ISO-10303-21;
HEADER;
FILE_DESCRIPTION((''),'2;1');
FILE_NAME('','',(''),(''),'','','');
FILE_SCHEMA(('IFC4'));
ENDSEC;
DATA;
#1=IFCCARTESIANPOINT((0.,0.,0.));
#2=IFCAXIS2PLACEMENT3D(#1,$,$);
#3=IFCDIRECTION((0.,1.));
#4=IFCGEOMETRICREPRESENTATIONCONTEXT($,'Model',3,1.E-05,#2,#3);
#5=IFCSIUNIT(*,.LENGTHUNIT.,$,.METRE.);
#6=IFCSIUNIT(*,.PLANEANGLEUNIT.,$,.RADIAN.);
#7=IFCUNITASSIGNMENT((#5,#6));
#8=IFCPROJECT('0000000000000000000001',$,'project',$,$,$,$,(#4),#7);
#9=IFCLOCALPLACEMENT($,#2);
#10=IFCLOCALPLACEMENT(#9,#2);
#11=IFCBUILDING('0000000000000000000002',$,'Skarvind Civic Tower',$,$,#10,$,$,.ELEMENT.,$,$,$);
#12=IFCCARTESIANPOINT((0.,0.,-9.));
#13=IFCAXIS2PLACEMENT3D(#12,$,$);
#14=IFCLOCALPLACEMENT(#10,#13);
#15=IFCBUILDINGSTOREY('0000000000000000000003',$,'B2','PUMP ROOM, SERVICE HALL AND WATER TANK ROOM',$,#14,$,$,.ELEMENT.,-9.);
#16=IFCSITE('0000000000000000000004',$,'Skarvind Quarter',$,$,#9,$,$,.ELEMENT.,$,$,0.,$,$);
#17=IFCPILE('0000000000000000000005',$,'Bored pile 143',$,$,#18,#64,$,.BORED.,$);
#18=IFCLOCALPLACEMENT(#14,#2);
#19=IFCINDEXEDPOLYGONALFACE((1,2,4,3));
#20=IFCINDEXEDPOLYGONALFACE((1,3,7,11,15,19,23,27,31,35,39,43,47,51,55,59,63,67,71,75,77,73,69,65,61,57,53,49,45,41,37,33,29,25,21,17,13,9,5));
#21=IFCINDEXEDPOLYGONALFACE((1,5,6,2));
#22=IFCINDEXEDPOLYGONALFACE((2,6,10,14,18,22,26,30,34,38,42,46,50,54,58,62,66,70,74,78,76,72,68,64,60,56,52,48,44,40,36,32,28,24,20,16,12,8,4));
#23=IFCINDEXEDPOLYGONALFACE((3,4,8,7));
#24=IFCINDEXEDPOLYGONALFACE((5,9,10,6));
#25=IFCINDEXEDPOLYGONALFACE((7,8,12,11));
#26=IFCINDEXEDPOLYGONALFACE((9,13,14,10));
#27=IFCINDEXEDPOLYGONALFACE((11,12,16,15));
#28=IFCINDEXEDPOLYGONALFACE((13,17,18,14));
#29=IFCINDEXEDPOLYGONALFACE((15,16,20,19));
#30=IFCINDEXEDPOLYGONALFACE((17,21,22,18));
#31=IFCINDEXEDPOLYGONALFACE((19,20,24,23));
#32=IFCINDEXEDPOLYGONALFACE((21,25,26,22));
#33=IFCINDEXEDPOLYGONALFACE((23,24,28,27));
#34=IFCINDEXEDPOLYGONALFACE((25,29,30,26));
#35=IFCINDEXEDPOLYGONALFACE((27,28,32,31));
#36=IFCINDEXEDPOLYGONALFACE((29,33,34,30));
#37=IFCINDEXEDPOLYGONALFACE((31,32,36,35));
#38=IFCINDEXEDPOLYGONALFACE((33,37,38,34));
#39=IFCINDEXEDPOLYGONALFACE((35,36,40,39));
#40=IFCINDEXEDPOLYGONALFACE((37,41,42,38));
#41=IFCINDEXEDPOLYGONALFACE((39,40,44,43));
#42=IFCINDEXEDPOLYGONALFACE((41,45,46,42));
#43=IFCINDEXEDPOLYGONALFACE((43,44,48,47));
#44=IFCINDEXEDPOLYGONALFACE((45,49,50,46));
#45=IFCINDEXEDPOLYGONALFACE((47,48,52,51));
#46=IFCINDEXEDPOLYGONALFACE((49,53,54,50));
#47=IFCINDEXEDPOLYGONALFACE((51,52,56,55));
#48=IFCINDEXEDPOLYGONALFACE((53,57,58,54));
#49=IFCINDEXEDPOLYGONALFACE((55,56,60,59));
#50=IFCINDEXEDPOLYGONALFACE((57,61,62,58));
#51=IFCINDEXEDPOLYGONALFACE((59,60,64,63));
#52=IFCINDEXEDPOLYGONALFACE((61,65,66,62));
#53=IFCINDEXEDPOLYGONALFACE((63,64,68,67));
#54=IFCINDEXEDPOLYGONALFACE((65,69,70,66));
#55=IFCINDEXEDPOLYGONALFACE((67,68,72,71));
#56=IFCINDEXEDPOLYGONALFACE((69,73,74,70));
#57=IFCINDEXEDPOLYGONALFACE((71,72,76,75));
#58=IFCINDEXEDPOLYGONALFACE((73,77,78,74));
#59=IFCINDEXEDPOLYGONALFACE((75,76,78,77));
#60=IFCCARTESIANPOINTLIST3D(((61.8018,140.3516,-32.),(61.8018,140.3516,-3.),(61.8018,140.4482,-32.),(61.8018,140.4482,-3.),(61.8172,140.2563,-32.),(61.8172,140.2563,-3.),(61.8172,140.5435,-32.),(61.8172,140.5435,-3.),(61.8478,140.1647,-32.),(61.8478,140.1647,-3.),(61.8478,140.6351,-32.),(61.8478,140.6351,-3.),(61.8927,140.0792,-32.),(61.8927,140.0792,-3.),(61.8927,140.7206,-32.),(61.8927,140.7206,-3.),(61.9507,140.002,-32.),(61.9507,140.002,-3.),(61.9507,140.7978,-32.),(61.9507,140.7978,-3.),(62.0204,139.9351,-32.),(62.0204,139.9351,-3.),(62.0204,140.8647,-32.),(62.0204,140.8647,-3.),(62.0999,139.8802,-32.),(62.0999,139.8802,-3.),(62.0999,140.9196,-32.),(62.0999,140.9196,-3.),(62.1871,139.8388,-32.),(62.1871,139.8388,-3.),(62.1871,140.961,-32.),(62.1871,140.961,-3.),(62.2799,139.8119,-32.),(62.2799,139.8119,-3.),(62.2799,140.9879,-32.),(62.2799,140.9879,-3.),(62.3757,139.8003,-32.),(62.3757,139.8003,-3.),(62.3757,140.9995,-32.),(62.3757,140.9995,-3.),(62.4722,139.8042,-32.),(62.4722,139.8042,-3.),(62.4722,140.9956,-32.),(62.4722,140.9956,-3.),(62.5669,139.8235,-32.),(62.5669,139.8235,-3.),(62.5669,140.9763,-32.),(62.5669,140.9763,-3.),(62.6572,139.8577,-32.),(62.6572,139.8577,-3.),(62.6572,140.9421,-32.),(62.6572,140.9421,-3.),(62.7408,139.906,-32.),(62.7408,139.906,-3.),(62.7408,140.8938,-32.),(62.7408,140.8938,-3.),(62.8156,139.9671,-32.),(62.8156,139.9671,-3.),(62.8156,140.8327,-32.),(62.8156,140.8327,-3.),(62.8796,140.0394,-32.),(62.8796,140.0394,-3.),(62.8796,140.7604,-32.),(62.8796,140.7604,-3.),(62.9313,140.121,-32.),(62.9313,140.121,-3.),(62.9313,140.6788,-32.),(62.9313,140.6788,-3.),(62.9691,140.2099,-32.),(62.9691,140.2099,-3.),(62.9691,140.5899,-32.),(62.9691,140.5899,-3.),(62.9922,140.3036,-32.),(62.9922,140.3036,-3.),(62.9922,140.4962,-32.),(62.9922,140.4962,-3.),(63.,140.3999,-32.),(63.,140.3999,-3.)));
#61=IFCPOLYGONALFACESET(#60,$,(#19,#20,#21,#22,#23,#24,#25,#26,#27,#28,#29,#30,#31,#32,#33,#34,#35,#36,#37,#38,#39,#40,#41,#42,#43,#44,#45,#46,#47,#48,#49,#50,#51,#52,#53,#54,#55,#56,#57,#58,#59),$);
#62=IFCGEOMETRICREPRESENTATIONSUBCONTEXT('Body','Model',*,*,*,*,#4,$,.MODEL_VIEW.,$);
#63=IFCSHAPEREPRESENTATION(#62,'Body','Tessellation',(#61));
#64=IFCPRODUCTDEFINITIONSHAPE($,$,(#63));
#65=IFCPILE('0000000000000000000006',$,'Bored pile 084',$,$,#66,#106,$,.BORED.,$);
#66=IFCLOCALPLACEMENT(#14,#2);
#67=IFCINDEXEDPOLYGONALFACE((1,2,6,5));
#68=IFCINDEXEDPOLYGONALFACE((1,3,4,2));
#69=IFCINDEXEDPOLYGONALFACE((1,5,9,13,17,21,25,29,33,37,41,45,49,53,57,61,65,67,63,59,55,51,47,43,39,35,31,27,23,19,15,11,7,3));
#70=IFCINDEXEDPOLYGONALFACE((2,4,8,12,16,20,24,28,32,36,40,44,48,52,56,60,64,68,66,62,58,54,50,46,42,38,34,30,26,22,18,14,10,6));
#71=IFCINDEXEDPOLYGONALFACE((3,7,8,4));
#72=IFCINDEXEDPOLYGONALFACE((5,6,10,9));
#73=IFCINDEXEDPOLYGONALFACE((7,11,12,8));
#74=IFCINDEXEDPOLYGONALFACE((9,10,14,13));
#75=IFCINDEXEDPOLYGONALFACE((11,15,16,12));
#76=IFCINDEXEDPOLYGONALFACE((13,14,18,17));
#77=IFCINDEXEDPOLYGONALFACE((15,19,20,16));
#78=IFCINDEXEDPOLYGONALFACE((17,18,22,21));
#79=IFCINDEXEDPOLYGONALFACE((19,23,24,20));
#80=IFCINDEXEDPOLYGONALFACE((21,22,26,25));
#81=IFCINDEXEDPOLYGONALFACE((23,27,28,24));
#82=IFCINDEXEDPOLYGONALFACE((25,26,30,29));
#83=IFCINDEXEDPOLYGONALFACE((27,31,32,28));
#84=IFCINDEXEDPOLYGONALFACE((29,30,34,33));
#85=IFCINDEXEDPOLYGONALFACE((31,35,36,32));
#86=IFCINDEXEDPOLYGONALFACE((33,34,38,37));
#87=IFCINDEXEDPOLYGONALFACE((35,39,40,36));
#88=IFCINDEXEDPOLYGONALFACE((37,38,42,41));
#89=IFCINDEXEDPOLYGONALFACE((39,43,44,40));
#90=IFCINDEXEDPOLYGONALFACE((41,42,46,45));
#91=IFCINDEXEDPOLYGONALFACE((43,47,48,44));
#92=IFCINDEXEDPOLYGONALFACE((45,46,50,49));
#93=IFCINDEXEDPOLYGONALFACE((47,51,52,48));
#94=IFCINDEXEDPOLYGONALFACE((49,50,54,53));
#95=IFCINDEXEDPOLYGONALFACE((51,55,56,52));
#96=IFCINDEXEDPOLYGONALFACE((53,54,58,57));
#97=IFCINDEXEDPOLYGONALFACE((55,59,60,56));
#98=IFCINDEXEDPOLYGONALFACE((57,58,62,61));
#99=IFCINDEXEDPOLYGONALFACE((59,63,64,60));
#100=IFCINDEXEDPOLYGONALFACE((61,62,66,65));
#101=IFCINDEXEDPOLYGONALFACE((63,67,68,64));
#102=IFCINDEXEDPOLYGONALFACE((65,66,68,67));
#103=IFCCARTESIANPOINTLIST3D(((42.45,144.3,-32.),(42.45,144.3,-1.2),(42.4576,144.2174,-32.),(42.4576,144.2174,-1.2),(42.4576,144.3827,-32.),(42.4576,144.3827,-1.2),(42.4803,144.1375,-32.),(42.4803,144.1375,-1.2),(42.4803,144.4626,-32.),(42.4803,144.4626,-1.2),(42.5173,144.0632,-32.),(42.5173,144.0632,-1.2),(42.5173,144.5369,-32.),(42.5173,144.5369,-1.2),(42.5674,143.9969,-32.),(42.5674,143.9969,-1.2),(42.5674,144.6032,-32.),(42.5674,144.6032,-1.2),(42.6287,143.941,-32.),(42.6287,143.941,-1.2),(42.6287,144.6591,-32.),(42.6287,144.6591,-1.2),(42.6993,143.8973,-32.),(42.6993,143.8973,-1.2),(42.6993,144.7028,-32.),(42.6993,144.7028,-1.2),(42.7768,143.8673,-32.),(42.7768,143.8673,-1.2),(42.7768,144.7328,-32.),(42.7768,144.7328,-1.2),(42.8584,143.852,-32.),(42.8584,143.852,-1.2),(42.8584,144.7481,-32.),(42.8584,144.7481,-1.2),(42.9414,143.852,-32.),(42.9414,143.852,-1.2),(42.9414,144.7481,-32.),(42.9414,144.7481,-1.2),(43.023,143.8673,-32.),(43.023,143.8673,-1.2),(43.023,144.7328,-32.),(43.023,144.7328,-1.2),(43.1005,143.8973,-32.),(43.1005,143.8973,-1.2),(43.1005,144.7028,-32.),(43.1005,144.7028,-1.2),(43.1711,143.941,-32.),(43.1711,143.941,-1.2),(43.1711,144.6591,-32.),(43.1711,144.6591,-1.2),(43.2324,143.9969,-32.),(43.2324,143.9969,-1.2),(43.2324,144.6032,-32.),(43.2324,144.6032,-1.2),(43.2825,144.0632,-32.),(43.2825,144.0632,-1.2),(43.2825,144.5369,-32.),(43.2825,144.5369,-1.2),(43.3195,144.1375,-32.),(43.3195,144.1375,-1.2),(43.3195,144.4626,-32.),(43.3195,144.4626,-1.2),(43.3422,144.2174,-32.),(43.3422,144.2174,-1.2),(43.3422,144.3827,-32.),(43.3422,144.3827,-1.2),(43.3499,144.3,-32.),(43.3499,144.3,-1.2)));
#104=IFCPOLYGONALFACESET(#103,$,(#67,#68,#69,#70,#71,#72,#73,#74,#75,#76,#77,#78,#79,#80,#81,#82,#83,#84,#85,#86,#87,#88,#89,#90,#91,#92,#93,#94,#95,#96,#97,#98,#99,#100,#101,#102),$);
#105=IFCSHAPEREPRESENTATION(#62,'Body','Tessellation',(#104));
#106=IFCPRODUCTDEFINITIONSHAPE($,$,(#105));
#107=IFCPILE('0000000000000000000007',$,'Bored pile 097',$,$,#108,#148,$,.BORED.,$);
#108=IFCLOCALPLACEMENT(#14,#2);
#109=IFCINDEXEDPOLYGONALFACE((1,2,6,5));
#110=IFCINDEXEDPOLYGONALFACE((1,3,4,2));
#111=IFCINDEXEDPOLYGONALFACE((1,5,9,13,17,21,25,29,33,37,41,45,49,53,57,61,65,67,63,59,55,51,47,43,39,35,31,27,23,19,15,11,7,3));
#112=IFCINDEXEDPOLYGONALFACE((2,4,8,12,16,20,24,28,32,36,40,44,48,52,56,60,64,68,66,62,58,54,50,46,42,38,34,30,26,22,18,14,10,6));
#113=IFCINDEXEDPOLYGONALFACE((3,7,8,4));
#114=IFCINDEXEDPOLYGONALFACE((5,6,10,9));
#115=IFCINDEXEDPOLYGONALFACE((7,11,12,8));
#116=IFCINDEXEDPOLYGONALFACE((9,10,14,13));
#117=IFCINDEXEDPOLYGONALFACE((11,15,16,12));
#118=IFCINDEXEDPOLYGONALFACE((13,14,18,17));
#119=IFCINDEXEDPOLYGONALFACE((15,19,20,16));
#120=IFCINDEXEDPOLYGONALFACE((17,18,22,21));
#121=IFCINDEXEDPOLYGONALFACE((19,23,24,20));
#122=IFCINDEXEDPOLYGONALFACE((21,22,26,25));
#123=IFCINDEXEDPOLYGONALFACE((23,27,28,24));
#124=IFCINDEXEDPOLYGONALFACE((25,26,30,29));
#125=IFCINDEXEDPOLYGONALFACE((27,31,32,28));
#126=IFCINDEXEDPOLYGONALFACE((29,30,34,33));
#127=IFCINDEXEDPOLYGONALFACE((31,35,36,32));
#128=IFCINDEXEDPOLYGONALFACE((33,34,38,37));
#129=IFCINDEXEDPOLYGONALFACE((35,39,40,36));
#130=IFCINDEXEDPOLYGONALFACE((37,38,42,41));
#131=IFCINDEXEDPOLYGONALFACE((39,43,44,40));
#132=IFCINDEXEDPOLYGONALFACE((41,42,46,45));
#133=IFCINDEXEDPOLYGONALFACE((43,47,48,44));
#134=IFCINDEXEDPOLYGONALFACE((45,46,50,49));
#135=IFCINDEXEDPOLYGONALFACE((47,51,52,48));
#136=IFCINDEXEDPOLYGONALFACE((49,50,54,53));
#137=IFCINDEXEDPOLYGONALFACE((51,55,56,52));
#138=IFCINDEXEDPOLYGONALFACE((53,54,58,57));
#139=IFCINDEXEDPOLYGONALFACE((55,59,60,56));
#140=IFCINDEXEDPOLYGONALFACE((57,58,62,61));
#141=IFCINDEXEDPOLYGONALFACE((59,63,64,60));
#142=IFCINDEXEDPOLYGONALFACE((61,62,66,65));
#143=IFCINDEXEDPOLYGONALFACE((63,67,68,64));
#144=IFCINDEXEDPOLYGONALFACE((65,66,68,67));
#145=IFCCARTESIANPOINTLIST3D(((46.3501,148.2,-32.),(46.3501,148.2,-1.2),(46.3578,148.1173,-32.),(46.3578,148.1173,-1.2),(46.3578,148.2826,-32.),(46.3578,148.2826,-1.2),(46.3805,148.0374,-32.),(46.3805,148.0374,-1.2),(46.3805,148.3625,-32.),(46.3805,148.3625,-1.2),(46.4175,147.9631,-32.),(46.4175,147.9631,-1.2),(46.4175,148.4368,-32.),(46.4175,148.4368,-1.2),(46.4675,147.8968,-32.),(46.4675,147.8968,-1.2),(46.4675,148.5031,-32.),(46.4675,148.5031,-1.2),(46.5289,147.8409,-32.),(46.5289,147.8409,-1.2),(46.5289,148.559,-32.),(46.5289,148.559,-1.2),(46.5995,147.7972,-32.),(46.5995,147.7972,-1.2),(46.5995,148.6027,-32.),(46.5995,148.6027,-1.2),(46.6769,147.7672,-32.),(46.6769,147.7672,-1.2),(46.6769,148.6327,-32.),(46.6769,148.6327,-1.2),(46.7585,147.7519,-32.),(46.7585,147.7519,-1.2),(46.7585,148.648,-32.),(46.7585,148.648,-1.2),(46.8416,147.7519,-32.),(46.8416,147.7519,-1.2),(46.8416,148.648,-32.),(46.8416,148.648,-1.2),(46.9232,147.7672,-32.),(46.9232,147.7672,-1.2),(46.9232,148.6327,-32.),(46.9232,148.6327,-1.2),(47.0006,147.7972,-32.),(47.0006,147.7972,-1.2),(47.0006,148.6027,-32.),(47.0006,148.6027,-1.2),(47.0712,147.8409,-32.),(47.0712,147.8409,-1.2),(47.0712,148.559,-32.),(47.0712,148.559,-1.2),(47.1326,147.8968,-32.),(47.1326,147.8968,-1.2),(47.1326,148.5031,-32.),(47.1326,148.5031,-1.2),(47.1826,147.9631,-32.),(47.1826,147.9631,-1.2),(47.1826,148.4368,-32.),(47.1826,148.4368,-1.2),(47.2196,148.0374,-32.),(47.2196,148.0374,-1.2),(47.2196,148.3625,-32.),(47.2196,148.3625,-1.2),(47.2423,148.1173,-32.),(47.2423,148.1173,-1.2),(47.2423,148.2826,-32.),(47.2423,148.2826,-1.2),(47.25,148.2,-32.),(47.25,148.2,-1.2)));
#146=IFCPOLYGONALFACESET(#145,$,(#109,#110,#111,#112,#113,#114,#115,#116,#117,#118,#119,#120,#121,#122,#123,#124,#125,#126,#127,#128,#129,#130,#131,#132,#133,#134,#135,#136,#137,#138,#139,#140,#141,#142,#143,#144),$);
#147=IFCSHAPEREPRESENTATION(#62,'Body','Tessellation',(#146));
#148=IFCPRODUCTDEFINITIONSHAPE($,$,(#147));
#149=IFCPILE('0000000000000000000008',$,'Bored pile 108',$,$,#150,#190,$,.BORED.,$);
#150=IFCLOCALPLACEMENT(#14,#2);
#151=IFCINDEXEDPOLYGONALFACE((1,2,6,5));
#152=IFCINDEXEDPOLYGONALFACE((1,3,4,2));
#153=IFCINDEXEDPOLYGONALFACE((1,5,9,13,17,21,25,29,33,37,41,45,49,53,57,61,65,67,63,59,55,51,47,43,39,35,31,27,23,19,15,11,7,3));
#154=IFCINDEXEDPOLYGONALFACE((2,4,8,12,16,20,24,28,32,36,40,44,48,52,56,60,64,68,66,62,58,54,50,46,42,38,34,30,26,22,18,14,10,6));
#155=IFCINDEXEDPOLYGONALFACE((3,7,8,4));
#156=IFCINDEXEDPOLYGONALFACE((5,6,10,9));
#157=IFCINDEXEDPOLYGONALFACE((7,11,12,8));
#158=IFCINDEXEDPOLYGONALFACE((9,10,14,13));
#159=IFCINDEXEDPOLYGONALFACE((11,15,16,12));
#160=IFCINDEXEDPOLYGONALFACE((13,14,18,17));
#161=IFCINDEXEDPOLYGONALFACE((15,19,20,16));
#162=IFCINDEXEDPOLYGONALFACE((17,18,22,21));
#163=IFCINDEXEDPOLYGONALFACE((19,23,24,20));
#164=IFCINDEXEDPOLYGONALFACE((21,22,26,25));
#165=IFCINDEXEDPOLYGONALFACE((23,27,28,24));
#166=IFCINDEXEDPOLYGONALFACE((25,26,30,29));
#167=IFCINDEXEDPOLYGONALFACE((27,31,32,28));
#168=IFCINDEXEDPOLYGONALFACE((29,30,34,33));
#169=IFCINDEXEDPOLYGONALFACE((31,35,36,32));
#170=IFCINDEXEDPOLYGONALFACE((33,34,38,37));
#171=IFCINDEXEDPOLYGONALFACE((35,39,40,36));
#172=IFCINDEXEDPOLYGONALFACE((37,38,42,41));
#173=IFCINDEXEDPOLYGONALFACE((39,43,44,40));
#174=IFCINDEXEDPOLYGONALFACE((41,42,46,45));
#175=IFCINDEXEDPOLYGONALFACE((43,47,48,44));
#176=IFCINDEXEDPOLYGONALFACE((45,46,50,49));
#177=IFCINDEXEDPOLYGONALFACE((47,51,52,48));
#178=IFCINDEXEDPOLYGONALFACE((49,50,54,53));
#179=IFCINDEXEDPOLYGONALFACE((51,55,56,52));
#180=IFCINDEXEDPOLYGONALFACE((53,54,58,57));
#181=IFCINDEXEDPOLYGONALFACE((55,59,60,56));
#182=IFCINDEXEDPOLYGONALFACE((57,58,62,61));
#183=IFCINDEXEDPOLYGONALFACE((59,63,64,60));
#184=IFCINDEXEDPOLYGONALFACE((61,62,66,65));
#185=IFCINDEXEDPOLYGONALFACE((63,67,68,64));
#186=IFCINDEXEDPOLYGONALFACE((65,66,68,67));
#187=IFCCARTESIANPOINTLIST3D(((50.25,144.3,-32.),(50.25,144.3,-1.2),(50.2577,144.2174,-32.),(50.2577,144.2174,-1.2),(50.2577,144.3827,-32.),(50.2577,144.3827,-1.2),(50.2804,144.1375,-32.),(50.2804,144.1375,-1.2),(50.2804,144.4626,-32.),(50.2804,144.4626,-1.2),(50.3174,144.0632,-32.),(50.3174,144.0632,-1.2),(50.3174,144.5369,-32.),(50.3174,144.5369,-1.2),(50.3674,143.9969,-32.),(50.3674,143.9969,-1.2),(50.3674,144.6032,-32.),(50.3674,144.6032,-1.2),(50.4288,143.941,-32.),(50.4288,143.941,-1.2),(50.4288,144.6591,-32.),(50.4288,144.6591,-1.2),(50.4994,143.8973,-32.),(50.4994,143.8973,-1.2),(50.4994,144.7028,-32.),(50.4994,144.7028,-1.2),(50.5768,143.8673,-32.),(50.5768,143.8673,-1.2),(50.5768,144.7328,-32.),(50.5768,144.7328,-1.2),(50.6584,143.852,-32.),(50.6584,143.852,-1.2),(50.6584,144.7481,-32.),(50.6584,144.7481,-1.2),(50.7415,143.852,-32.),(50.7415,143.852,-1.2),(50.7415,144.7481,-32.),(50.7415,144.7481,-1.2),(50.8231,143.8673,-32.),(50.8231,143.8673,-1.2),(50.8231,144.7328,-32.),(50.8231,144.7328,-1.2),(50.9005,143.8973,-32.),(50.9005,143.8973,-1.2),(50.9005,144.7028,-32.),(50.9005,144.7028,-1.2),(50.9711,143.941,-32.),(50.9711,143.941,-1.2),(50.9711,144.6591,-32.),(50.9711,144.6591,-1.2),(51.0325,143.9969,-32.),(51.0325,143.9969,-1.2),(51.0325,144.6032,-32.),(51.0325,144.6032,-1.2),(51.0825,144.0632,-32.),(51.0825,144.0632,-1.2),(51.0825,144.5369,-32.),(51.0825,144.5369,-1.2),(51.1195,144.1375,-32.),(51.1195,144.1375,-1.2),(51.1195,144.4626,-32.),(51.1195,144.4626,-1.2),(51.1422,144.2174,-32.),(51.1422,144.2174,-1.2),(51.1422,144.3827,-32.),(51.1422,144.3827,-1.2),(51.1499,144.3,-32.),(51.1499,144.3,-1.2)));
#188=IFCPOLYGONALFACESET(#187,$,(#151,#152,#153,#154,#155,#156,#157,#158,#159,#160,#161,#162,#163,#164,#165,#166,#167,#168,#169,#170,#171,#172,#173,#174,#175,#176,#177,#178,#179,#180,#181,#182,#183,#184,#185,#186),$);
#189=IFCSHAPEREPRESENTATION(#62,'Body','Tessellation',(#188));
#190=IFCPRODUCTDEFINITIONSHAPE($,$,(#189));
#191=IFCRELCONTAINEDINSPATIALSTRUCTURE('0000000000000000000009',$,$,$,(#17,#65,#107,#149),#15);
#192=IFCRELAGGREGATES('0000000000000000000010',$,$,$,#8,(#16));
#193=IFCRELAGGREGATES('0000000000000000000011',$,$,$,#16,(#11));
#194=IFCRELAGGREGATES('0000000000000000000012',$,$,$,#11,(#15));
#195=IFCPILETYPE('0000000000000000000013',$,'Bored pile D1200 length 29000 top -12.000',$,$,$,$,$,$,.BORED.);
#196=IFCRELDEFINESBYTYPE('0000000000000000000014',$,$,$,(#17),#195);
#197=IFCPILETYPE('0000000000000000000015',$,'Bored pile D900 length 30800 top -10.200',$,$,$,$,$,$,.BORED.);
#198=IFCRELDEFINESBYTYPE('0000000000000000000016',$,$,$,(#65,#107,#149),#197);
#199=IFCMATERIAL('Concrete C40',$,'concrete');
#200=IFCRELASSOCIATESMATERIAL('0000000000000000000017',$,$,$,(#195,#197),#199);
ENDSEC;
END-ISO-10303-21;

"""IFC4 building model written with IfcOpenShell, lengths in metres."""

from ifc_helpers import new_model, si_unit, direction, frame, origin, origin_2d, place, context, subcontext, project, spatial, circle, extrude, material, type_object, element, save


model = new_model("IFC4")

# Units and contexts
model_context = context("Model", 3, precision=1e-05, world=origin(), true_north=direction((0.0, 1.0)))
body_context = subcontext(model_context, "Body", "Model", "MODEL_VIEW")
ifc_project = project(units=[si_unit("LENGTHUNIT", "METRE"), si_unit("PLANEANGLEUNIT", "RADIAN")], contexts=[model_context])

# Site, building, storey
site_placement = place(None, origin())
site = spatial("IfcSite", under=ifc_project, at=site_placement, Name="Skarvind Quarter", CompositionType="ELEMENT", RefElevation=0.0)
building_placement = place(site_placement, origin())
building = spatial("IfcBuilding", under=site, at=building_placement, Name="Skarvind Civic Tower", CompositionType="ELEMENT")
storey_placement = place(building_placement, frame((0.0, 0.0, -9.0)))
storey = spatial("IfcBuildingStorey", under=building, at=storey_placement, Name="B2", Description="PUMP ROOM, SERVICE HALL AND WATER TANK ROOM", CompositionType="ELEMENT", Elevation=-9.0)

# Piles
ifc_material_1 = material(Name="Concrete C40", Category="concrete")
pile_type_1 = type_object("IfcPileType", Name="Bored pile D1200 length 29000 top -12.000", PredefinedType="BORED", material=ifc_material_1)
for number, where, z_axis, x_axis, name in (
    (1, (62.3999, 140.3999, -3.0), (0.0, 0.0, -1.0), (1.0, 0.0, 0.0), "Bored pile 143"),
):
    element("IfcPile", number, at=place(storey_placement, frame(where, z_axis=z_axis, x_axis=x_axis)), inside=storey, type_object=pile_type_1, Name=name, PredefinedType="BORED", context=body_context, shape_type="SweptSolid", body=[
        extrude(circle(Radius=0.6001, at=origin_2d()), origin(), (0.0, 0.0, 1.0), 29.0),
    ])
pile_type_2 = type_object("IfcPileType", Name="Bored pile D900 length 30800 top -10.200", PredefinedType="BORED", material=ifc_material_1)
for number, where, z_axis, x_axis, name in (
    (2, (42.8999, 144.3, -1.2), (0.0, 0.0, -1.0), (1.0, 0.0, 0.0), "Bored pile 084"),
    (3, (46.8, 148.2, -1.2), (0.0, 0.0, -1.0), (1.0, 0.0, 0.0), "Bored pile 097"),
    (4, (50.7, 144.3, -1.2), (0.0, 0.0, -1.0), (1.0, 0.0, 0.0), "Bored pile 108"),
):
    element("IfcPile", number, at=place(storey_placement, frame(where, z_axis=z_axis, x_axis=x_axis)), inside=storey, type_object=pile_type_2, Name=name, PredefinedType="BORED", context=body_context, shape_type="SweptSolid", body=[
        extrude(circle(Radius=0.45, at=origin_2d()), origin(), (0.0, 0.0, 1.0), 30.8),
    ])

save(model, "model.ifc")
